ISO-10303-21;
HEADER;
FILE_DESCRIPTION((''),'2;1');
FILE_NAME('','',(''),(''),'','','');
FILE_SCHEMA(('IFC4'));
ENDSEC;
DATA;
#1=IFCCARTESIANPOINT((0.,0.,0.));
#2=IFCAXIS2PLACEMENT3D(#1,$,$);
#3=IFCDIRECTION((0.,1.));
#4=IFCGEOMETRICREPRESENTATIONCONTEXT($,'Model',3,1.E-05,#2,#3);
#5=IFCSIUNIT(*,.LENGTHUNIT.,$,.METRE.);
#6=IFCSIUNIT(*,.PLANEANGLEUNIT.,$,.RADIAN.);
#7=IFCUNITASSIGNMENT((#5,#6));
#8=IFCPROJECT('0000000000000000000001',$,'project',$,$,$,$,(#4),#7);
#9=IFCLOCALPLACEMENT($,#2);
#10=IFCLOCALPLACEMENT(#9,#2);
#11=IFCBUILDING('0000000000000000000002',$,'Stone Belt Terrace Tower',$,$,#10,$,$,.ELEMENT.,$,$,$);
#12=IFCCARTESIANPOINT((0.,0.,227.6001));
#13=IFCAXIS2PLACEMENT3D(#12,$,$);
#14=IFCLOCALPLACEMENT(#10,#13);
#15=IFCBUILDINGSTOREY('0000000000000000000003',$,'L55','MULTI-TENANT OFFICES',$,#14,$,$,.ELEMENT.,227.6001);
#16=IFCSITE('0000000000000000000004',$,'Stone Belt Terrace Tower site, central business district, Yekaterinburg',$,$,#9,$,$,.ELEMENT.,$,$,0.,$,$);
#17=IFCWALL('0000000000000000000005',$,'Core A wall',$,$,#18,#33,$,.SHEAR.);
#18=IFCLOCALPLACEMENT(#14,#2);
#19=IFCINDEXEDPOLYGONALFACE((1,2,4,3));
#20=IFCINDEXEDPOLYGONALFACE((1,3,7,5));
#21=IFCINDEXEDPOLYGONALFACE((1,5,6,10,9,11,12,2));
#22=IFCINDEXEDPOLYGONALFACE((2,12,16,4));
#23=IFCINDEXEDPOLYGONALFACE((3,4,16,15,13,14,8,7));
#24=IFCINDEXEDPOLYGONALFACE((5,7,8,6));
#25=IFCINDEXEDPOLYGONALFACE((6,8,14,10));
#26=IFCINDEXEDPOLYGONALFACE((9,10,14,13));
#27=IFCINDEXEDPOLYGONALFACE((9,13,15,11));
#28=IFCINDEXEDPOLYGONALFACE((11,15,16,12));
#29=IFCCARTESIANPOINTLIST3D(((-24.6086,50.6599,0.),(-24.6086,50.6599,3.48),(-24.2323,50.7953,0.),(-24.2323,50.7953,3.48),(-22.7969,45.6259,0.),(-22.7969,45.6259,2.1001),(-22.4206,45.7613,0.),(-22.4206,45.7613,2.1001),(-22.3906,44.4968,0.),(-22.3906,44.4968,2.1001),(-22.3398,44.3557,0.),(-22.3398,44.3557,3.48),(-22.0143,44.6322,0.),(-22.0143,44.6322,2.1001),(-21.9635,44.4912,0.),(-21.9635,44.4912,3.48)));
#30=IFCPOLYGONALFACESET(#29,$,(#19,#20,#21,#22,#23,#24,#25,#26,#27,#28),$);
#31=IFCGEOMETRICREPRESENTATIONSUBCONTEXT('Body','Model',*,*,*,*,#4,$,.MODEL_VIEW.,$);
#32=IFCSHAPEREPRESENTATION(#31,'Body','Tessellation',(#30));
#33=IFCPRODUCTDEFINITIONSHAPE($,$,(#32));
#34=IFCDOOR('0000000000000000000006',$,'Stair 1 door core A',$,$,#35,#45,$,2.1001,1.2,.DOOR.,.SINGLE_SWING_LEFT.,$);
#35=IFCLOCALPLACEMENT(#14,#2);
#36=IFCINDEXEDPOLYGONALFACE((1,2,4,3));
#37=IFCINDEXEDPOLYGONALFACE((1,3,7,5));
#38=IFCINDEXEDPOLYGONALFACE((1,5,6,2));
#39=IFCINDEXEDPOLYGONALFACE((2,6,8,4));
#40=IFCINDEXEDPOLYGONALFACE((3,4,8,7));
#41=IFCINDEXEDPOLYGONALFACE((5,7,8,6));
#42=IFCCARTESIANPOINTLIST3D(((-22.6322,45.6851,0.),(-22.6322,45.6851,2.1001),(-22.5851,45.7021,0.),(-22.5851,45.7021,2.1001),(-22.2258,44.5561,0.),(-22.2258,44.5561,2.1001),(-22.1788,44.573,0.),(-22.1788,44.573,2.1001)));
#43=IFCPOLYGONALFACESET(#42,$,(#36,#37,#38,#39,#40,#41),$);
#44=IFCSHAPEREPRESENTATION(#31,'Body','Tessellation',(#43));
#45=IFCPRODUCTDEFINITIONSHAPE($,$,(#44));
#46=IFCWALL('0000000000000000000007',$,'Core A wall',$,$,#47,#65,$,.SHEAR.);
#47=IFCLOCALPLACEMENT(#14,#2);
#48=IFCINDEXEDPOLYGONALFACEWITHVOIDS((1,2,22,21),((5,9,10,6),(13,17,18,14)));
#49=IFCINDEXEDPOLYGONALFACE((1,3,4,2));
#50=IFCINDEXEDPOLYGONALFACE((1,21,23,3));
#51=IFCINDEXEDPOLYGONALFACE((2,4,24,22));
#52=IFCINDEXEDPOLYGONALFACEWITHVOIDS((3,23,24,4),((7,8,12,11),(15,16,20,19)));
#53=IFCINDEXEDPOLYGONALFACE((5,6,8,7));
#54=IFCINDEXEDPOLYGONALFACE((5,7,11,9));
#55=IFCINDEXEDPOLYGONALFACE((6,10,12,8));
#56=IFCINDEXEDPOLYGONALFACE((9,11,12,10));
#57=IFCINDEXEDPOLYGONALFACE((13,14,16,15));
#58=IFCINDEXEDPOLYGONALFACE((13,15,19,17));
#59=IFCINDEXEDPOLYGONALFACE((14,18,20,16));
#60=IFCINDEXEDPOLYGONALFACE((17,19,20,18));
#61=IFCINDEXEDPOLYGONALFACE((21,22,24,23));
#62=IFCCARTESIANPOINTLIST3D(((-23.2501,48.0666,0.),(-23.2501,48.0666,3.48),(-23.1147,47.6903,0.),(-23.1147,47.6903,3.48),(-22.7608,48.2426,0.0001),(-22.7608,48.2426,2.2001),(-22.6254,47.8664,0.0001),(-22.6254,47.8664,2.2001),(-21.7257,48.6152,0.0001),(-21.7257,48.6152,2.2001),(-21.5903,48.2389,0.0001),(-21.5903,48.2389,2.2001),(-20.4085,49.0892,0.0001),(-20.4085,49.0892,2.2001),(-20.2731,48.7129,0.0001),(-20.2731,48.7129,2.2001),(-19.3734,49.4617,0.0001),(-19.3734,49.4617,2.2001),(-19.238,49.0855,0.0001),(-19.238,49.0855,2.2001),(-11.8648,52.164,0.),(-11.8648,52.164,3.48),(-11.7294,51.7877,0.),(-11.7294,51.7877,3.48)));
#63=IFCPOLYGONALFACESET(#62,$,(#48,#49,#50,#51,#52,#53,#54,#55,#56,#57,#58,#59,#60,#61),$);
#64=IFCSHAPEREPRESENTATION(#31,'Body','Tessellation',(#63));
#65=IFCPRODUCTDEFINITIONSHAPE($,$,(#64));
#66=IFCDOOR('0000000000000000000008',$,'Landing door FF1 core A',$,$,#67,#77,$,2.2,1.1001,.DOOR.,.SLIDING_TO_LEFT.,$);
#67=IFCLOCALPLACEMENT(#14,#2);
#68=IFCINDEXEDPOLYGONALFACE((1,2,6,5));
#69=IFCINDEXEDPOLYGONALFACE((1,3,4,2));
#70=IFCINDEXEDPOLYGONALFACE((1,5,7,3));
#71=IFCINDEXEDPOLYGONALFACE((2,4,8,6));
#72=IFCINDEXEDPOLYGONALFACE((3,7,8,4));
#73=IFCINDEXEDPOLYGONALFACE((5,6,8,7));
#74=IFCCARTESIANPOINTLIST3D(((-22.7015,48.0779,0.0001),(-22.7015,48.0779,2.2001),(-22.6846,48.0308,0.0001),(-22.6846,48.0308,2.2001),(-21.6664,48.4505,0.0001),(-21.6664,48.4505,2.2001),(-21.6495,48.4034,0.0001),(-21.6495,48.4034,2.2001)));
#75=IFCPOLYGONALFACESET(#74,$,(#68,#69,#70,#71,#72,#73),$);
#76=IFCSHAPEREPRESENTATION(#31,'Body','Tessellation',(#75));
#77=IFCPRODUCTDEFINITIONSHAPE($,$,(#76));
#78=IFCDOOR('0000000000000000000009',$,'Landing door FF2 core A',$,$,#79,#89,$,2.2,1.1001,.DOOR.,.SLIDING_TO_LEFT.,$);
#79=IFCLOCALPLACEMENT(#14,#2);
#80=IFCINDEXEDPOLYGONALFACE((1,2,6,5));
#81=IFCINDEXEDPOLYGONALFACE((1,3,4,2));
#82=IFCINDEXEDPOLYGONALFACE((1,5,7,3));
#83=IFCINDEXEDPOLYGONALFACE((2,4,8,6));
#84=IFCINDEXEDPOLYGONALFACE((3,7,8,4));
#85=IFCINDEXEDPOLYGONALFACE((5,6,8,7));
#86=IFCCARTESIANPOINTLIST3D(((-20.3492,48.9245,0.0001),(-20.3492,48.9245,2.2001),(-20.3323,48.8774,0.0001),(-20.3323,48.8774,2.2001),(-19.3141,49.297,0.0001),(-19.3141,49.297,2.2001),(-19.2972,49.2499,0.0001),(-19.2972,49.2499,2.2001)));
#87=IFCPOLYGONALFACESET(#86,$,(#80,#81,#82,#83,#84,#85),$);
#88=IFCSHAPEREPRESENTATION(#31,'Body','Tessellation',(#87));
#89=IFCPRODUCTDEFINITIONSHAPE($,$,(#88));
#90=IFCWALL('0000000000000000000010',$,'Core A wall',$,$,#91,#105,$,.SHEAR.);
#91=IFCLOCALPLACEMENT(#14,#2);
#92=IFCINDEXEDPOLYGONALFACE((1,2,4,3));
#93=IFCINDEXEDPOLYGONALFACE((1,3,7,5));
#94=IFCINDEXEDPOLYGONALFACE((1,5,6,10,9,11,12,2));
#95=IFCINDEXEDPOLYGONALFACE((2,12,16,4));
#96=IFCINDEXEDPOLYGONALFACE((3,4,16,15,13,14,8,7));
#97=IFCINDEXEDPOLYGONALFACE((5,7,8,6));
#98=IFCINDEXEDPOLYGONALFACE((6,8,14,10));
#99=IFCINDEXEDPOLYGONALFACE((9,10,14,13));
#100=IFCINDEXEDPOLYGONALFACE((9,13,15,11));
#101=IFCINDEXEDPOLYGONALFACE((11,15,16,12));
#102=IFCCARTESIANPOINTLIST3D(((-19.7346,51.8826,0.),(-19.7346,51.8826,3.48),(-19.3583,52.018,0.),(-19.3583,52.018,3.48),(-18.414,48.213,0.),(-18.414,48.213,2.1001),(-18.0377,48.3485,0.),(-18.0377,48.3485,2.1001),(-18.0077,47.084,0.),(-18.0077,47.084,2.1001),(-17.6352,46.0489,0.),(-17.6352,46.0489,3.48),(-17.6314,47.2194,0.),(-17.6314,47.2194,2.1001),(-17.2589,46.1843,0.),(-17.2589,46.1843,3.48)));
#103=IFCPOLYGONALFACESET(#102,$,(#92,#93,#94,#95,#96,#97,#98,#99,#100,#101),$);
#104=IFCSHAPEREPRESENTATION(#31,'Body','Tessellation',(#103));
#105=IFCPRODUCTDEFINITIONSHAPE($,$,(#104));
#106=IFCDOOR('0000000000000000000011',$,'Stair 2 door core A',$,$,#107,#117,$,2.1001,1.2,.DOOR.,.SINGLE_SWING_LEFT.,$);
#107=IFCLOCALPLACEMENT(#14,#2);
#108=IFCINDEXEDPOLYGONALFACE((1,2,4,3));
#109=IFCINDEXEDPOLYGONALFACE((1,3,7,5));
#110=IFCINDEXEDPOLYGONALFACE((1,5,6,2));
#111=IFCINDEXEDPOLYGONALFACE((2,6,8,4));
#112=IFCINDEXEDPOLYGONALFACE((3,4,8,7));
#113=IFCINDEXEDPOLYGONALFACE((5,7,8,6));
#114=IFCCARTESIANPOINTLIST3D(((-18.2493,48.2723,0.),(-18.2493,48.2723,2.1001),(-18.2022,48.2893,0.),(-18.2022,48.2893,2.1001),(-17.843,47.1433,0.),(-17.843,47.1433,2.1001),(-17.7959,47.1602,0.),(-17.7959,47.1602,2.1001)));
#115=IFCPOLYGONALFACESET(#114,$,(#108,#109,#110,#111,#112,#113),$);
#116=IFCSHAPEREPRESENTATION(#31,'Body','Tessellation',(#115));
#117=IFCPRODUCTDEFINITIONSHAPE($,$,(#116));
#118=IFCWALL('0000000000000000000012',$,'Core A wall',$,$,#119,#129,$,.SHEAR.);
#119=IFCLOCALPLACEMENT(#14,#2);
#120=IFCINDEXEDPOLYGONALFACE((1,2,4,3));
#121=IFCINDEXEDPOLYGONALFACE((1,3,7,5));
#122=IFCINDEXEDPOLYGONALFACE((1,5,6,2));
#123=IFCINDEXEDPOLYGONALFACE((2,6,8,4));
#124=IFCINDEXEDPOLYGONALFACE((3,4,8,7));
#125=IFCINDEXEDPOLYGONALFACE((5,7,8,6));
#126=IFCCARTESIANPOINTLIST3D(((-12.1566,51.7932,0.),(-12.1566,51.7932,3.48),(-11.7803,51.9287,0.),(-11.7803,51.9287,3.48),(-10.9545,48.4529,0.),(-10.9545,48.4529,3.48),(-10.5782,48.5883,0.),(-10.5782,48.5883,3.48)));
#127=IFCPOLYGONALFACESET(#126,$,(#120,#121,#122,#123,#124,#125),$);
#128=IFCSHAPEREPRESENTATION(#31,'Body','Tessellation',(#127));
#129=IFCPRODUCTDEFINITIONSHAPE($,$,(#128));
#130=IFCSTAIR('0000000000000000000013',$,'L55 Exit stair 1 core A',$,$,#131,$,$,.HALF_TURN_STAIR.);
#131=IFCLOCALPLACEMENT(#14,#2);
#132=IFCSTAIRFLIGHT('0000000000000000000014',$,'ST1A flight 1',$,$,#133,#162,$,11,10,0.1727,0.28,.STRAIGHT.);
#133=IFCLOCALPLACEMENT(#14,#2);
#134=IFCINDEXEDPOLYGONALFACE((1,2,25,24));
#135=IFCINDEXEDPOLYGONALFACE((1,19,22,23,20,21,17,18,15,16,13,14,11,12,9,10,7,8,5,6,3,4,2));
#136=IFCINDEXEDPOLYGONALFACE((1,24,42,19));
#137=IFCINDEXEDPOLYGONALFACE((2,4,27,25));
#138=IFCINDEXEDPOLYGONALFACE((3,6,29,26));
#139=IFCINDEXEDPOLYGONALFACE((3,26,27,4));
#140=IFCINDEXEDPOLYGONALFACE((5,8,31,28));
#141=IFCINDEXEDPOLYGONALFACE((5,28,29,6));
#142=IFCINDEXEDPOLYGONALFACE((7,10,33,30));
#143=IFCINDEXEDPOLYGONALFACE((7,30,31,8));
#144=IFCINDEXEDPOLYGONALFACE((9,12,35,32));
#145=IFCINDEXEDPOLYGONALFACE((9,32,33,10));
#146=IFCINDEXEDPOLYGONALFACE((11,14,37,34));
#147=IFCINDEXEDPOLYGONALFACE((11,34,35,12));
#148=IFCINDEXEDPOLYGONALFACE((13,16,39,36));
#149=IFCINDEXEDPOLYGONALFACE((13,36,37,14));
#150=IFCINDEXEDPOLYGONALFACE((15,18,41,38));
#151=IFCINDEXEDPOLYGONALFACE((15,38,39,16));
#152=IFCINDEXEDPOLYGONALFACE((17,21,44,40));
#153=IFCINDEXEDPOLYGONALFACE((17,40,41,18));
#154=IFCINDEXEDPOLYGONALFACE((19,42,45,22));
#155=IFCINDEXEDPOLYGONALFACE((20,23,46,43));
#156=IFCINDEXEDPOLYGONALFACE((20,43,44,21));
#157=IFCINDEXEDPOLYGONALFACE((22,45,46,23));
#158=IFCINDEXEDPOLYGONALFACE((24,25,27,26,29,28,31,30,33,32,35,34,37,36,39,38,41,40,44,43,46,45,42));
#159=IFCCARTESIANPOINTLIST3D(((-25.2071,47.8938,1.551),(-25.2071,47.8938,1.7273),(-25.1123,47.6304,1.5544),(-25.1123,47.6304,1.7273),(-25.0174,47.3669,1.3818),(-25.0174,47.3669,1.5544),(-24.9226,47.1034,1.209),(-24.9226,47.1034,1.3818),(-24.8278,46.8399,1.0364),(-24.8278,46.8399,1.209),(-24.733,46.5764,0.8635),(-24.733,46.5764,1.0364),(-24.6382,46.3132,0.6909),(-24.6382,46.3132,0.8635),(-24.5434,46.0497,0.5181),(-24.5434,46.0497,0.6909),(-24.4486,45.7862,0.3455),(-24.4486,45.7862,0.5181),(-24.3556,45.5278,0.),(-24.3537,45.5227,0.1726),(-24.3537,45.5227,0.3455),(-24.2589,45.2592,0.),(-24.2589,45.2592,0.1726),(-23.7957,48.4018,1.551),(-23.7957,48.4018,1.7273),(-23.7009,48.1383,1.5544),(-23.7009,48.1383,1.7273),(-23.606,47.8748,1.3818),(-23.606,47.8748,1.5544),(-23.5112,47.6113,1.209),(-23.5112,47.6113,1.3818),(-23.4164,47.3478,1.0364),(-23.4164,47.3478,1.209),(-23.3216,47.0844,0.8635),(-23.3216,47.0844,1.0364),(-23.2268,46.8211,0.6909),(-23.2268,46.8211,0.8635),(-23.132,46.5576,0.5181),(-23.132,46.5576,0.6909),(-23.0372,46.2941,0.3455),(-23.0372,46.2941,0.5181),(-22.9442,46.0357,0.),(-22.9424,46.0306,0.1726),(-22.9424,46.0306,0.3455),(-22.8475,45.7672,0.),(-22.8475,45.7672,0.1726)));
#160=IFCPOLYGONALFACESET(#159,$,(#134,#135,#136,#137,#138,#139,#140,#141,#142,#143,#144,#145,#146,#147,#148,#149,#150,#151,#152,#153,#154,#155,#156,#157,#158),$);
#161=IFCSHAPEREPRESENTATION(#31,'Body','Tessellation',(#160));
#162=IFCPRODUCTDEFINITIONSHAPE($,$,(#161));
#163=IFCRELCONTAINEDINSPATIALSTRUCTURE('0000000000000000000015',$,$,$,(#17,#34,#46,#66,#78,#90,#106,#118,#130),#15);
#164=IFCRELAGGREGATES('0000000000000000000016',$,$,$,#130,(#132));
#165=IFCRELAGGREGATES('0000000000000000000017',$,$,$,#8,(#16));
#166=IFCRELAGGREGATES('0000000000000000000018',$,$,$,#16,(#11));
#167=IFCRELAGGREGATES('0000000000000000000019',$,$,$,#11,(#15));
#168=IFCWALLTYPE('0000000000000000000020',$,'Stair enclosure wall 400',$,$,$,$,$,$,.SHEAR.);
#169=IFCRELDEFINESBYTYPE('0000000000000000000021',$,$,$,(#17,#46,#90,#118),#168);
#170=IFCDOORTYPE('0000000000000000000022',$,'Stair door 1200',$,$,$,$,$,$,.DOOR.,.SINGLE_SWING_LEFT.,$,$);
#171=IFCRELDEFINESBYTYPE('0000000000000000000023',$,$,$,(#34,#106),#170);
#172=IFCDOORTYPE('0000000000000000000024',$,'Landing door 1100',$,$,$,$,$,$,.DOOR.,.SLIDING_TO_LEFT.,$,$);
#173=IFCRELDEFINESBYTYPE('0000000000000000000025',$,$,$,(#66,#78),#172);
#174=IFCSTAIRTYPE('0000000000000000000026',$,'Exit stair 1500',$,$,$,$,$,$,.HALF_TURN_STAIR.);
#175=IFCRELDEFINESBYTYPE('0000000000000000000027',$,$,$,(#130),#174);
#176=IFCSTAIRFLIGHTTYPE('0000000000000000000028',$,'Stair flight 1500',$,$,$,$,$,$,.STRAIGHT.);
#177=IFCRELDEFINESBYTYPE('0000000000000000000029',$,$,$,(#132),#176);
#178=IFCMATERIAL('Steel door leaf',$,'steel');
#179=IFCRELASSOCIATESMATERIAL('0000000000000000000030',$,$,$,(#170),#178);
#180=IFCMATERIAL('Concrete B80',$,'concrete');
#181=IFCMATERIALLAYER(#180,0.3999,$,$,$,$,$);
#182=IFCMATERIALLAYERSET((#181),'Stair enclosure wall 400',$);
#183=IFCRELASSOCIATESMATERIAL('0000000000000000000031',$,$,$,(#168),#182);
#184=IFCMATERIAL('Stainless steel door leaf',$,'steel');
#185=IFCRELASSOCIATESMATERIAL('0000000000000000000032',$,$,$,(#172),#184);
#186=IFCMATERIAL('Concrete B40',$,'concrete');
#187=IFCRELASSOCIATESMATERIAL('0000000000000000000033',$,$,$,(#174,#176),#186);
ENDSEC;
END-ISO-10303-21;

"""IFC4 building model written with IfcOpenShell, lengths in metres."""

from ifc_helpers import new_model, si_unit, direction, frame, frame_2d, origin, place, context, subcontext, project, spatial, polyline, rectangle, outline, extrude, material, layer, layer_set, type_object, element, fill, aggregate, save


model = new_model("IFC4")

# Units and contexts
model_context = context("Model", 3, precision=1e-05, world=origin(), true_north=direction((0.0, 1.0)))
body_context = subcontext(model_context, "Body", "Model", "MODEL_VIEW")
ifc_project = project(units=[si_unit("LENGTHUNIT", "METRE"), si_unit("PLANEANGLEUNIT", "RADIAN")], contexts=[model_context])

# Site, building, storey
site_placement = place(None, origin())
site = spatial("IfcSite", under=ifc_project, at=site_placement, Name="Stone Belt Terrace Tower site, central business district, Yekaterinburg", CompositionType="ELEMENT", RefElevation=0.0)
building_placement = place(site_placement, origin())
building = spatial("IfcBuilding", under=site, at=building_placement, Name="Stone Belt Terrace Tower", CompositionType="ELEMENT")
storey_placement = place(building_placement, frame((0.0, 0.0, 227.6001)))
storey = spatial("IfcBuildingStorey", under=building, at=storey_placement, Name="L55", Description="MULTI-TENANT OFFICES", CompositionType="ELEMENT", Elevation=227.6001)

# Wall, opening, door
ifc_material_1 = material(Name="Steel door leaf", Category="steel")
door_type_1 = type_object("IfcDoorType", Name="Stair door 1200", OperationType="SINGLE_SWING_LEFT", PredefinedType="DOOR", material=ifc_material_1)
ifc_material_2 = material(Name="Concrete B80", Category="concrete")
ifc_layer_1 = layer(ifc_material_2, 0.3999)
ifc_layer_set_1 = layer_set([ifc_layer_1], Name="Stair enclosure wall 400")
wall_type_1 = type_object("IfcWallType", Name="Stair enclosure wall 400", PredefinedType="SHEAR", material=ifc_layer_set_1)
wall_1_placement = place(storey_placement, frame((-22.1516, 44.4233, 0.0), z_axis=(0.0, 0.0, 1.0), x_axis=(-0.338625, 0.940921, 0.0)))
wall_1 = element("IfcWall", 1, at=wall_1_placement, inside=storey, type_object=wall_type_1, Name="Core A wall", PredefinedType="SHEAR", context=body_context, shape_type="SweptSolid", body=[
    extrude(rectangle(XDim=6.7, YDim=0.3999, at=frame_2d((3.3501, 0.0))), origin(), (0.0, 0.0, 1.0), 3.48),
])
opening_1_placement = place(wall_1_placement, frame((0.1499, 0.0, 0.0)))
opening_1 = element("IfcOpeningElement", 2, at=opening_1_placement, cuts=wall_1, PredefinedType="OPENING", context=body_context, shape_type="SweptSolid", body=[
    extrude(rectangle(XDim=1.2, YDim=2.1001, at=frame_2d((0.6001, 1.05))), frame((0.0, 0.21, 0.0), z_axis=(0.0, -1.0, 0.0), x_axis=(1.0, 0.0, 0.0)), (0.0, 0.0, 1.0), 0.4199),
])
door_1_placement = place(opening_1_placement, origin())
door_1 = element("IfcDoor", 3, at=door_1_placement, inside=storey, type_object=door_type_1, Name="Stair 1 door core A", OperationType="SINGLE_SWING_LEFT", OverallHeight=2.1001, OverallWidth=1.2, PredefinedType="DOOR", context=body_context, shape_type="SweptSolid", body=[
    extrude(rectangle(XDim=1.2, YDim=2.1001, at=frame_2d((0.6001, 1.05))), frame((0.0, 0.0249, 0.0), z_axis=(0.0, -1.0, 0.0), x_axis=(1.0, 0.0, 0.0)), (0.0, 0.0, 1.0), 0.05),
])
fill(opening_1, door_1)

# Wall, openings, doors
wall_2_placement = place(storey_placement, frame((-23.1824, 47.8784, 0.0), z_axis=(0.0, 0.0, 1.0), x_axis=(0.940921, 0.338626, 0.0)))
wall_2 = element("IfcWall", 4, at=wall_2_placement, inside=storey, type_object=wall_type_1, Name="Core A wall", PredefinedType="SHEAR", context=body_context, shape_type="SweptSolid", body=[
    extrude(rectangle(XDim=12.1001, YDim=0.3999, at=frame_2d((6.05, 0.0))), origin(), (0.0, 0.0, 1.0), 3.48),
])
opening_2_placement = place(wall_2_placement, frame((0.52, 0.0, 0.0)))
opening_2 = element("IfcOpeningElement", 5, at=opening_2_placement, cuts=wall_2, PredefinedType="OPENING", context=body_context, shape_type="SweptSolid", body=[
    extrude(rectangle(XDim=1.1001, YDim=2.2, at=frame_2d((0.55, 1.1001))), frame((0.0, 0.21, 0.0), z_axis=(0.0, -1.0, 0.0), x_axis=(1.0, 0.0, 0.0)), (0.0, 0.0, 1.0), 0.4199),
])
opening_3_placement = place(wall_2_placement, frame((3.02, 0.0, 0.0)))
opening_3 = element("IfcOpeningElement", 6, at=opening_3_placement, cuts=wall_2, PredefinedType="OPENING", context=body_context, shape_type="SweptSolid", body=[
    extrude(rectangle(XDim=1.1001, YDim=2.2, at=frame_2d((0.55, 1.1001))), frame((0.0, 0.21, 0.0), z_axis=(0.0, -1.0, 0.0), x_axis=(1.0, 0.0, 0.0)), (0.0, 0.0, 1.0), 0.4199),
])
ifc_material_3 = material(Name="Stainless steel door leaf", Category="steel")
door_type_2 = type_object("IfcDoorType", Name="Landing door 1100", OperationType="SLIDING_TO_LEFT", PredefinedType="DOOR", material=ifc_material_3)
door_2_placement = place(opening_2_placement, origin())
door_2 = element("IfcDoor", 7, at=door_2_placement, inside=storey, type_object=door_type_2, Name="Landing door FF1 core A", OperationType="SLIDING_TO_LEFT", OverallHeight=2.2, OverallWidth=1.1001, PredefinedType="DOOR", context=body_context, shape_type="SweptSolid", body=[
    extrude(rectangle(XDim=1.1001, YDim=2.2, at=frame_2d((0.55, 1.1001))), frame((0.0, 0.0249, 0.0), z_axis=(0.0, -1.0, 0.0), x_axis=(1.0, 0.0, 0.0)), (0.0, 0.0, 1.0), 0.05),
])
fill(opening_2, door_2)
door_3_placement = place(opening_3_placement, origin())
door_3 = element("IfcDoor", 8, at=door_3_placement, inside=storey, type_object=door_type_2, Name="Landing door FF2 core A", OperationType="SLIDING_TO_LEFT", OverallHeight=2.2, OverallWidth=1.1001, PredefinedType="DOOR", context=body_context, shape_type="SweptSolid", body=[
    extrude(rectangle(XDim=1.1001, YDim=2.2, at=frame_2d((0.55, 1.1001))), frame((0.0, 0.0249, 0.0), z_axis=(0.0, -1.0, 0.0), x_axis=(1.0, 0.0, 0.0)), (0.0, 0.0, 1.0), 0.05),
])
fill(opening_3, door_3)

# Wall, opening, door
wall_3_placement = place(storey_placement, frame((-17.447, 46.1165, 0.0), z_axis=(0.0, 0.0, 1.0), x_axis=(-0.338608, 0.940928, 0.0)))
wall_3 = element("IfcWall", 9, at=wall_3_placement, inside=storey, type_object=wall_type_1, Name="Core A wall", PredefinedType="SHEAR", context=body_context, shape_type="SweptSolid", body=[
    extrude(rectangle(XDim=6.2, YDim=0.3999, at=frame_2d((3.1001, 0.0))), origin(), (0.0, 0.0, 1.0), 3.48),
])
opening_4_placement = place(wall_3_placement, frame((1.1001, 0.0, 0.0)))
opening_4 = element("IfcOpeningElement", 10, at=opening_4_placement, cuts=wall_3, PredefinedType="OPENING", context=body_context, shape_type="SweptSolid", body=[
    extrude(rectangle(XDim=1.2, YDim=2.1001, at=frame_2d((0.6001, 1.05))), frame((0.0, 0.21, 0.0), z_axis=(0.0, -1.0, 0.0), x_axis=(1.0, 0.0, 0.0)), (0.0, 0.0, 1.0), 0.4199),
])
door_4_placement = place(opening_4_placement, origin())
door_4 = element("IfcDoor", 11, at=door_4_placement, inside=storey, type_object=door_type_1, Name="Stair 2 door core A", OperationType="SINGLE_SWING_LEFT", OverallHeight=2.1001, OverallWidth=1.2, PredefinedType="DOOR", context=body_context, shape_type="SweptSolid", body=[
    extrude(rectangle(XDim=1.2, YDim=2.1001, at=frame_2d((0.6001, 1.05))), frame((0.0, 0.0249, 0.0), z_axis=(0.0, -1.0, 0.0), x_axis=(1.0, 0.0, 0.0)), (0.0, 0.0, 1.0), 0.05),
])
fill(opening_4, door_4)

# Wall
wall_4_placement = place(storey_placement, frame((-10.7664, 48.5208, 0.0), z_axis=(0.0, 0.0, 1.0), x_axis=(-0.338627, 0.940921, 0.0)))
element("IfcWall", 12, at=wall_4_placement, inside=storey, type_object=wall_type_1, Name="Core A wall", PredefinedType="SHEAR", context=body_context, shape_type="SweptSolid", body=[
    extrude(rectangle(XDim=3.55, YDim=0.3999, at=frame_2d((1.7749, 0.0))), origin(), (0.0, 0.0, 1.0), 3.48),
])

# Stair, stair flight
ifc_material_4 = material(Name="Concrete B40", Category="concrete")
stair_type = type_object("IfcStairType", Name="Exit stair 1500", PredefinedType="HALF_TURN_STAIR", material=ifc_material_4)
stair_1_placement = place(storey_placement, origin())
stair_1 = element("IfcStair", 13, at=stair_1_placement, inside=storey, type_object=stair_type, Name="L55 Exit stair 1 core A", PredefinedType="HALF_TURN_STAIR")
stair_flight_type = type_object("IfcStairFlightType", Name="Stair flight 1500", PredefinedType="STRAIGHT", material=ifc_material_4)
stair_flight_1_placement = place(storey_placement, frame((-23.5532, 45.5132, 0.0), z_axis=(0.0, 0.0, 1.0), x_axis=(-0.338624, 0.940922, 0.0)))
stair_flight_1 = element("IfcStairFlight", 14, at=stair_flight_1_placement, type_object=stair_flight_type, Name="ST1A flight 1", NumberOfRisers=11, NumberOfTreads=10, PredefinedType="STRAIGHT", RiserHeight=0.1727, TreadLength=0.28, context=body_context, shape_type="SweptSolid", body=[
    extrude(outline(polyline([(0.0, 0.0), (0.0, 0.1726), (0.28, 0.1726), (0.28, 0.3455), (0.5601, 0.3455), (0.5601, 0.5181), (0.8401, 0.5181), (0.8401, 0.6909), (1.1201, 0.6909), (1.1201, 0.8635), (1.3999, 0.8635), (1.3999, 1.0364), (1.6799, 1.0364), (1.6799, 1.209), (1.96, 1.209), (1.96, 1.3818), (2.24, 1.3818), (2.24, 1.5544), (2.52, 1.5544), (2.52, 1.7273), (2.8, 1.7273), (2.8, 1.8999), (2.8, 1.551), (0.2854, 0.0), (0.0, 0.0)])), frame((0.0, 0.75, 0.0), z_axis=(0.0, -1.0, 0.0), x_axis=(1.0, 0.0, 0.0)), (0.0, 0.0, 1.0), 1.5),
])
aggregate(stair_1, [stair_flight_1])

save(model, "model.ifc")
